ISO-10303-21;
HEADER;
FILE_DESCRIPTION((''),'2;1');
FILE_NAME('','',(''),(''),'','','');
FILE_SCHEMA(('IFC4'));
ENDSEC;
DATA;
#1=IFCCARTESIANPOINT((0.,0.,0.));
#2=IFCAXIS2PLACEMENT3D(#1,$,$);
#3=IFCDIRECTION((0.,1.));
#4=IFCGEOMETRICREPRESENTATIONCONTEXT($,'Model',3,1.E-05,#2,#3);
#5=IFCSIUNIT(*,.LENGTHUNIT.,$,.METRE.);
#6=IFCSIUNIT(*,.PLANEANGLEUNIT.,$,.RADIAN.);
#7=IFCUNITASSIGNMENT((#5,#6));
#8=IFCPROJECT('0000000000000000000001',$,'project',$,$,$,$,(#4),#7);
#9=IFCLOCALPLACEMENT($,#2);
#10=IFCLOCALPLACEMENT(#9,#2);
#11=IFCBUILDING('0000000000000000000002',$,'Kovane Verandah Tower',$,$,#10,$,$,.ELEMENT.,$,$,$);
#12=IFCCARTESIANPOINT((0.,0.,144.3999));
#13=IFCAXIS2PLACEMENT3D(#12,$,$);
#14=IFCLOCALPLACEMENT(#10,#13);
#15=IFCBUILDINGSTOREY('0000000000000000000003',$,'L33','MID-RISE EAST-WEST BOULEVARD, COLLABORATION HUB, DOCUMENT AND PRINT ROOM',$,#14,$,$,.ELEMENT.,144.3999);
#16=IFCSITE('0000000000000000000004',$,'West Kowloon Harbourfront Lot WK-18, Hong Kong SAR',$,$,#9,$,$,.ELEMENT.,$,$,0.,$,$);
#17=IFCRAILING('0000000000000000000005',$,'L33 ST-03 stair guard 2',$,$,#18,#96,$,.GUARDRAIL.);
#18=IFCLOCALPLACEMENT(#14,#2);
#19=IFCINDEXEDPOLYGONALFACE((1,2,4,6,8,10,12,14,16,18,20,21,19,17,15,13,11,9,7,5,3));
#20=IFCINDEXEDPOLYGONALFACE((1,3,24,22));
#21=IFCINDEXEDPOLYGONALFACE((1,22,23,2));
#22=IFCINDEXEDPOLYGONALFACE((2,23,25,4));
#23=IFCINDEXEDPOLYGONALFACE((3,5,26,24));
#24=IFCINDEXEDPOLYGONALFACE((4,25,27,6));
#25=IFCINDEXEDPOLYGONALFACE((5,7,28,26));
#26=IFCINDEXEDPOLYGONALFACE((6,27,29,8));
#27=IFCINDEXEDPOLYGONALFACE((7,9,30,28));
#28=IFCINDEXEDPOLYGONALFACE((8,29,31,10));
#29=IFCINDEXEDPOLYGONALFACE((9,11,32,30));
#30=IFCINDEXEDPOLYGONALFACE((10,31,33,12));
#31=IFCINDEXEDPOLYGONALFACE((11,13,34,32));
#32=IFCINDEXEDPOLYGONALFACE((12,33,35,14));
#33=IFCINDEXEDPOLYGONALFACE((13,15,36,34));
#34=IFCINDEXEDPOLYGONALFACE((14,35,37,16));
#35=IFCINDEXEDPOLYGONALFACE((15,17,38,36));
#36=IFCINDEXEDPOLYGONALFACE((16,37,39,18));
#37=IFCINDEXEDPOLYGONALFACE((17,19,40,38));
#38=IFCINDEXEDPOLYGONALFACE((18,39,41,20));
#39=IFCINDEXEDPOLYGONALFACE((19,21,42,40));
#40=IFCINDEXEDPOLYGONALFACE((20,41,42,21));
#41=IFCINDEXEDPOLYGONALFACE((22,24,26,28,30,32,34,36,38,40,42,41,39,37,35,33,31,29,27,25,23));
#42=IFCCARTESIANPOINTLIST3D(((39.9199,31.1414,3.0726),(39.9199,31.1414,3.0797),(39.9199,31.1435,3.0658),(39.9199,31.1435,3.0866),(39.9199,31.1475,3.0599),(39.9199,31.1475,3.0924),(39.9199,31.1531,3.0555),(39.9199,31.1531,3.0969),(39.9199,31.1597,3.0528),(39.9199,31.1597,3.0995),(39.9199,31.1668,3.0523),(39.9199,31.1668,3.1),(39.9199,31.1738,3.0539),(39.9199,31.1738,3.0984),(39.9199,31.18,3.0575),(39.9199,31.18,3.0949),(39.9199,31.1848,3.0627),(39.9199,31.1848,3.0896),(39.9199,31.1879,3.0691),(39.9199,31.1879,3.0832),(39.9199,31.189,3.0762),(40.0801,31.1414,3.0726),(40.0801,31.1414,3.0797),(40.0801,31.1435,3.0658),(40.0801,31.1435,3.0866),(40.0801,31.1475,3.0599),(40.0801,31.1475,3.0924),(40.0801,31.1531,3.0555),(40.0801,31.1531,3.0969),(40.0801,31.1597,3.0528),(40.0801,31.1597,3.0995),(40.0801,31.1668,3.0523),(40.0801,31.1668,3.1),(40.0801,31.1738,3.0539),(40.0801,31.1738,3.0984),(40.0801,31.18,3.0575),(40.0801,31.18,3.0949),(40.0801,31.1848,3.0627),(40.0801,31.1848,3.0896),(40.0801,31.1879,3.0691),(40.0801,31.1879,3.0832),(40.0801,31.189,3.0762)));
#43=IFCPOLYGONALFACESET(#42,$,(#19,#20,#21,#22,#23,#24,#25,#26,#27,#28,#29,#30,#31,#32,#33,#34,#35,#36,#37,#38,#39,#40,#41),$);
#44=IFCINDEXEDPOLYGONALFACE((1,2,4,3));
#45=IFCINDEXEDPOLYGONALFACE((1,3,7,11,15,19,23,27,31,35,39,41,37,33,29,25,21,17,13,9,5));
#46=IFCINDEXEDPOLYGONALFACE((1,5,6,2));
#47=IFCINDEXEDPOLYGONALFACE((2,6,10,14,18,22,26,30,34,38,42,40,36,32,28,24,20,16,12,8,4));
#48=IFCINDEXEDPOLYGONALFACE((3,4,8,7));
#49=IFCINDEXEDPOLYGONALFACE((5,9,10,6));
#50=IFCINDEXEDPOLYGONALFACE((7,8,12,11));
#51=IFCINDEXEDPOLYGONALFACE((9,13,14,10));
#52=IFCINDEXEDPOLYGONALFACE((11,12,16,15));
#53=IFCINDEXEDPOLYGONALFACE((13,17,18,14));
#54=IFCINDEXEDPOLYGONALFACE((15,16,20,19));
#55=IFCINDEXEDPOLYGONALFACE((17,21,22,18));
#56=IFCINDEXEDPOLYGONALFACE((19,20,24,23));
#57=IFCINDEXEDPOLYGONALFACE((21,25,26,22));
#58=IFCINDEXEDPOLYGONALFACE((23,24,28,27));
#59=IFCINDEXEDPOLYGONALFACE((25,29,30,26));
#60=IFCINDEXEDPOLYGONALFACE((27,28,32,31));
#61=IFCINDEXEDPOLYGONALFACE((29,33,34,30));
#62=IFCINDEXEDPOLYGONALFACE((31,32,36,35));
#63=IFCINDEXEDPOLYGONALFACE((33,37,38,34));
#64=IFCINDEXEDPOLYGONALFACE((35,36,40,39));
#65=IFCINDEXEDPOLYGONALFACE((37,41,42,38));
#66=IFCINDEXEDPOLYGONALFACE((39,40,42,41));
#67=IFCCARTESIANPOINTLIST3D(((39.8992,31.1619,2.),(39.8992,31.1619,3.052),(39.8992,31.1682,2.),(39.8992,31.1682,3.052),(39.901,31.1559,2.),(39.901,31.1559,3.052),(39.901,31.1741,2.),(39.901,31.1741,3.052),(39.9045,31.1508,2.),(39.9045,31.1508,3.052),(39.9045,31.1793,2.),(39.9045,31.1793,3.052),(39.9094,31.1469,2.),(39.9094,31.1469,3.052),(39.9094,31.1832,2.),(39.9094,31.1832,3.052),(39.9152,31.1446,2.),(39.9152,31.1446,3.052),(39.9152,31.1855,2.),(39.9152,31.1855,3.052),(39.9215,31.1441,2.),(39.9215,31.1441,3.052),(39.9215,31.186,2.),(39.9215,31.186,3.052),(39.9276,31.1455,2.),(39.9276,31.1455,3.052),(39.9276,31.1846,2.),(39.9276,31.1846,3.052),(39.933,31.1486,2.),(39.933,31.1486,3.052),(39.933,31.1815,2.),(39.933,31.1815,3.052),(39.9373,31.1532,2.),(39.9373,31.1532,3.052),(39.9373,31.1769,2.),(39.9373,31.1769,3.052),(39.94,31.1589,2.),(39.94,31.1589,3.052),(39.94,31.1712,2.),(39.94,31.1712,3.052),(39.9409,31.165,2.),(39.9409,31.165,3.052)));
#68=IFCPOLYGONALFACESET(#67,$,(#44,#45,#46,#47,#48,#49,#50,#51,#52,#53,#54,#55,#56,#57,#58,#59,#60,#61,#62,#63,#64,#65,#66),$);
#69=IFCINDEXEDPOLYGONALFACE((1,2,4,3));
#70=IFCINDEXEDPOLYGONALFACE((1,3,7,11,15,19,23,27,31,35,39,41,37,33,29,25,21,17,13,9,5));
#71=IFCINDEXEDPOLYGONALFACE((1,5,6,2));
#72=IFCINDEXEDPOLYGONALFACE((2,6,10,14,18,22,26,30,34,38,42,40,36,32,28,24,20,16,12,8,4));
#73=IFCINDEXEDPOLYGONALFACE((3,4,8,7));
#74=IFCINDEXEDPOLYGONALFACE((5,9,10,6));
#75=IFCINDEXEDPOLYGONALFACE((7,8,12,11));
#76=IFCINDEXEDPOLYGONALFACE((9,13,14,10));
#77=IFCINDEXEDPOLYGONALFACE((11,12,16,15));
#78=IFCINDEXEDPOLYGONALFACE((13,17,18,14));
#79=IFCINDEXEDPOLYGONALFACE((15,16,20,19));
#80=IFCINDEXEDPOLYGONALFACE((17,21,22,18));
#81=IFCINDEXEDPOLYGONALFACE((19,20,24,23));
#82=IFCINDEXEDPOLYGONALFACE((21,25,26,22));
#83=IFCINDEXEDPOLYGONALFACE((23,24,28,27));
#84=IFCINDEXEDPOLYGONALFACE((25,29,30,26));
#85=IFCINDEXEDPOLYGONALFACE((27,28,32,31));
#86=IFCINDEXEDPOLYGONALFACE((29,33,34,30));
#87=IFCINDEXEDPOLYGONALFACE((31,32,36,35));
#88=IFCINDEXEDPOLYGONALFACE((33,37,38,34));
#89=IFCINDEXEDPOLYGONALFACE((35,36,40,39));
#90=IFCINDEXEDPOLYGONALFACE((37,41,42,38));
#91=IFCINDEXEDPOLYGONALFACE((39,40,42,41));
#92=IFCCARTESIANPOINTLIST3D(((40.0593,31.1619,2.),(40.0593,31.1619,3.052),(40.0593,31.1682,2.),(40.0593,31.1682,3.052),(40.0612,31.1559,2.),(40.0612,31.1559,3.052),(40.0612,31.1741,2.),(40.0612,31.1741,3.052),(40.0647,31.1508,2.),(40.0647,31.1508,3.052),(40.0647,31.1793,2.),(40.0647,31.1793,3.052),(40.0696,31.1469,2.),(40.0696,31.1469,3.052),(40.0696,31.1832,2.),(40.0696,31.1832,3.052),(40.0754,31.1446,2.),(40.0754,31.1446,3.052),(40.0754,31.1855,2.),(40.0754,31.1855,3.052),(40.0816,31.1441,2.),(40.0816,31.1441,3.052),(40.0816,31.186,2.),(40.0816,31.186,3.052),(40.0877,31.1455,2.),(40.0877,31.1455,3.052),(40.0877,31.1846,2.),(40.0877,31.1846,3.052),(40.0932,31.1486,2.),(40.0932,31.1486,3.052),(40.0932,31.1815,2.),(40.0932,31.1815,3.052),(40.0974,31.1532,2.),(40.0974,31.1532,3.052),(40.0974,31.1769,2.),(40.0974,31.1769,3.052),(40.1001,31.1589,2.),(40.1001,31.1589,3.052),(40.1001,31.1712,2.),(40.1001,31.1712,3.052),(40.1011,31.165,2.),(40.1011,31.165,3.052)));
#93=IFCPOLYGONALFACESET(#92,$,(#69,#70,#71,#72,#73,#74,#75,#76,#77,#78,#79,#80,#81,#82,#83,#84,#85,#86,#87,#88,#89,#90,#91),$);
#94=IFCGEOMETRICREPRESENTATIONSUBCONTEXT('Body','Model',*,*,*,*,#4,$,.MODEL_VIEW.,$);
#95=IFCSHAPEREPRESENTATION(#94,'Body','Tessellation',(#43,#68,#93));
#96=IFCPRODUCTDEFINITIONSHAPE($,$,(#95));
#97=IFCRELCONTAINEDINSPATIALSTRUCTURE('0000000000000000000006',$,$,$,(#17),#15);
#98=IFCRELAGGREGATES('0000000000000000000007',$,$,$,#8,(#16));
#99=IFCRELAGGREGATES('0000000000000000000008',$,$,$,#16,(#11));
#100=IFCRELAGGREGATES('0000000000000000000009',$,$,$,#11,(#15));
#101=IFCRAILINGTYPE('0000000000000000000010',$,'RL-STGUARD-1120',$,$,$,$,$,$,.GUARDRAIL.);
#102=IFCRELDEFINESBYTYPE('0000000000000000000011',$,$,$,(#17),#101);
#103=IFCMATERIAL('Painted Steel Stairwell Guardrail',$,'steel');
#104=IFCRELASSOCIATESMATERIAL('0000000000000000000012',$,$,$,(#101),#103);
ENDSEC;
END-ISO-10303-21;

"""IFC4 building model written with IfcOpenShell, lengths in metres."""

from ifc_helpers import new_model, si_unit, direction, frame, origin, origin_2d, place, context, subcontext, project, spatial, circle, extrude, material, type_object, element, save


model = new_model("IFC4")

# Units and contexts
model_context = context("Model", 3, precision=1e-05, world=origin(), true_north=direction((0.0, 1.0)))
body_context = subcontext(model_context, "Body", "Model", "MODEL_VIEW")
ifc_project = project(units=[si_unit("LENGTHUNIT", "METRE"), si_unit("PLANEANGLEUNIT", "RADIAN")], contexts=[model_context])

# Site, building, storey
site_placement = place(None, origin())
site = spatial("IfcSite", under=ifc_project, at=site_placement, Name="West Kowloon Harbourfront Lot WK-18, Hong Kong SAR", CompositionType="ELEMENT", RefElevation=0.0)
building_placement = place(site_placement, origin())
building = spatial("IfcBuilding", under=site, at=building_placement, Name="Kovane Verandah Tower", CompositionType="ELEMENT")
storey_placement = place(building_placement, frame((0.0, 0.0, 144.3999)))
storey = spatial("IfcBuildingStorey", under=building, at=storey_placement, Name="L33", Description="MID-RISE EAST-WEST BOULEVARD, COLLABORATION HUB, DOCUMENT AND PRINT ROOM", CompositionType="ELEMENT", Elevation=144.3999)

# Railing
ifc_material_1 = material(Name="Painted Steel Stairwell Guardrail", Category="steel")
railing_type_1 = type_object("IfcRailingType", Name="RL-STGUARD-1120", PredefinedType="GUARDRAIL", material=ifc_material_1)
railing_1_placement = place(storey_placement, frame((39.9199, 31.165, 2.0)))
element("IfcRailing", 1, at=railing_1_placement, inside=storey, type_object=railing_type_1, Name="L33 ST-03 stair guard 2", PredefinedType="GUARDRAIL", context=body_context, shape_type="SweptSolid", body=[
    extrude(circle(Radius=0.0239, at=origin_2d()), frame((0.0, 0.0, 1.0762), z_axis=(1.0, 0.0, 0.0), x_axis=(0.0, 1.0, 0.0)), (0.0, 0.0, 1.0), 0.1602),
    extrude(circle(Radius=0.021, at=origin_2d()), origin(), (0.0, 0.0, 1.0), 1.052),
    extrude(circle(Radius=0.021, at=origin_2d()), frame((0.1602, 0.0, 0.0)), (0.0, 0.0, 1.0), 1.052),
])

save(model, "model.ifc")
